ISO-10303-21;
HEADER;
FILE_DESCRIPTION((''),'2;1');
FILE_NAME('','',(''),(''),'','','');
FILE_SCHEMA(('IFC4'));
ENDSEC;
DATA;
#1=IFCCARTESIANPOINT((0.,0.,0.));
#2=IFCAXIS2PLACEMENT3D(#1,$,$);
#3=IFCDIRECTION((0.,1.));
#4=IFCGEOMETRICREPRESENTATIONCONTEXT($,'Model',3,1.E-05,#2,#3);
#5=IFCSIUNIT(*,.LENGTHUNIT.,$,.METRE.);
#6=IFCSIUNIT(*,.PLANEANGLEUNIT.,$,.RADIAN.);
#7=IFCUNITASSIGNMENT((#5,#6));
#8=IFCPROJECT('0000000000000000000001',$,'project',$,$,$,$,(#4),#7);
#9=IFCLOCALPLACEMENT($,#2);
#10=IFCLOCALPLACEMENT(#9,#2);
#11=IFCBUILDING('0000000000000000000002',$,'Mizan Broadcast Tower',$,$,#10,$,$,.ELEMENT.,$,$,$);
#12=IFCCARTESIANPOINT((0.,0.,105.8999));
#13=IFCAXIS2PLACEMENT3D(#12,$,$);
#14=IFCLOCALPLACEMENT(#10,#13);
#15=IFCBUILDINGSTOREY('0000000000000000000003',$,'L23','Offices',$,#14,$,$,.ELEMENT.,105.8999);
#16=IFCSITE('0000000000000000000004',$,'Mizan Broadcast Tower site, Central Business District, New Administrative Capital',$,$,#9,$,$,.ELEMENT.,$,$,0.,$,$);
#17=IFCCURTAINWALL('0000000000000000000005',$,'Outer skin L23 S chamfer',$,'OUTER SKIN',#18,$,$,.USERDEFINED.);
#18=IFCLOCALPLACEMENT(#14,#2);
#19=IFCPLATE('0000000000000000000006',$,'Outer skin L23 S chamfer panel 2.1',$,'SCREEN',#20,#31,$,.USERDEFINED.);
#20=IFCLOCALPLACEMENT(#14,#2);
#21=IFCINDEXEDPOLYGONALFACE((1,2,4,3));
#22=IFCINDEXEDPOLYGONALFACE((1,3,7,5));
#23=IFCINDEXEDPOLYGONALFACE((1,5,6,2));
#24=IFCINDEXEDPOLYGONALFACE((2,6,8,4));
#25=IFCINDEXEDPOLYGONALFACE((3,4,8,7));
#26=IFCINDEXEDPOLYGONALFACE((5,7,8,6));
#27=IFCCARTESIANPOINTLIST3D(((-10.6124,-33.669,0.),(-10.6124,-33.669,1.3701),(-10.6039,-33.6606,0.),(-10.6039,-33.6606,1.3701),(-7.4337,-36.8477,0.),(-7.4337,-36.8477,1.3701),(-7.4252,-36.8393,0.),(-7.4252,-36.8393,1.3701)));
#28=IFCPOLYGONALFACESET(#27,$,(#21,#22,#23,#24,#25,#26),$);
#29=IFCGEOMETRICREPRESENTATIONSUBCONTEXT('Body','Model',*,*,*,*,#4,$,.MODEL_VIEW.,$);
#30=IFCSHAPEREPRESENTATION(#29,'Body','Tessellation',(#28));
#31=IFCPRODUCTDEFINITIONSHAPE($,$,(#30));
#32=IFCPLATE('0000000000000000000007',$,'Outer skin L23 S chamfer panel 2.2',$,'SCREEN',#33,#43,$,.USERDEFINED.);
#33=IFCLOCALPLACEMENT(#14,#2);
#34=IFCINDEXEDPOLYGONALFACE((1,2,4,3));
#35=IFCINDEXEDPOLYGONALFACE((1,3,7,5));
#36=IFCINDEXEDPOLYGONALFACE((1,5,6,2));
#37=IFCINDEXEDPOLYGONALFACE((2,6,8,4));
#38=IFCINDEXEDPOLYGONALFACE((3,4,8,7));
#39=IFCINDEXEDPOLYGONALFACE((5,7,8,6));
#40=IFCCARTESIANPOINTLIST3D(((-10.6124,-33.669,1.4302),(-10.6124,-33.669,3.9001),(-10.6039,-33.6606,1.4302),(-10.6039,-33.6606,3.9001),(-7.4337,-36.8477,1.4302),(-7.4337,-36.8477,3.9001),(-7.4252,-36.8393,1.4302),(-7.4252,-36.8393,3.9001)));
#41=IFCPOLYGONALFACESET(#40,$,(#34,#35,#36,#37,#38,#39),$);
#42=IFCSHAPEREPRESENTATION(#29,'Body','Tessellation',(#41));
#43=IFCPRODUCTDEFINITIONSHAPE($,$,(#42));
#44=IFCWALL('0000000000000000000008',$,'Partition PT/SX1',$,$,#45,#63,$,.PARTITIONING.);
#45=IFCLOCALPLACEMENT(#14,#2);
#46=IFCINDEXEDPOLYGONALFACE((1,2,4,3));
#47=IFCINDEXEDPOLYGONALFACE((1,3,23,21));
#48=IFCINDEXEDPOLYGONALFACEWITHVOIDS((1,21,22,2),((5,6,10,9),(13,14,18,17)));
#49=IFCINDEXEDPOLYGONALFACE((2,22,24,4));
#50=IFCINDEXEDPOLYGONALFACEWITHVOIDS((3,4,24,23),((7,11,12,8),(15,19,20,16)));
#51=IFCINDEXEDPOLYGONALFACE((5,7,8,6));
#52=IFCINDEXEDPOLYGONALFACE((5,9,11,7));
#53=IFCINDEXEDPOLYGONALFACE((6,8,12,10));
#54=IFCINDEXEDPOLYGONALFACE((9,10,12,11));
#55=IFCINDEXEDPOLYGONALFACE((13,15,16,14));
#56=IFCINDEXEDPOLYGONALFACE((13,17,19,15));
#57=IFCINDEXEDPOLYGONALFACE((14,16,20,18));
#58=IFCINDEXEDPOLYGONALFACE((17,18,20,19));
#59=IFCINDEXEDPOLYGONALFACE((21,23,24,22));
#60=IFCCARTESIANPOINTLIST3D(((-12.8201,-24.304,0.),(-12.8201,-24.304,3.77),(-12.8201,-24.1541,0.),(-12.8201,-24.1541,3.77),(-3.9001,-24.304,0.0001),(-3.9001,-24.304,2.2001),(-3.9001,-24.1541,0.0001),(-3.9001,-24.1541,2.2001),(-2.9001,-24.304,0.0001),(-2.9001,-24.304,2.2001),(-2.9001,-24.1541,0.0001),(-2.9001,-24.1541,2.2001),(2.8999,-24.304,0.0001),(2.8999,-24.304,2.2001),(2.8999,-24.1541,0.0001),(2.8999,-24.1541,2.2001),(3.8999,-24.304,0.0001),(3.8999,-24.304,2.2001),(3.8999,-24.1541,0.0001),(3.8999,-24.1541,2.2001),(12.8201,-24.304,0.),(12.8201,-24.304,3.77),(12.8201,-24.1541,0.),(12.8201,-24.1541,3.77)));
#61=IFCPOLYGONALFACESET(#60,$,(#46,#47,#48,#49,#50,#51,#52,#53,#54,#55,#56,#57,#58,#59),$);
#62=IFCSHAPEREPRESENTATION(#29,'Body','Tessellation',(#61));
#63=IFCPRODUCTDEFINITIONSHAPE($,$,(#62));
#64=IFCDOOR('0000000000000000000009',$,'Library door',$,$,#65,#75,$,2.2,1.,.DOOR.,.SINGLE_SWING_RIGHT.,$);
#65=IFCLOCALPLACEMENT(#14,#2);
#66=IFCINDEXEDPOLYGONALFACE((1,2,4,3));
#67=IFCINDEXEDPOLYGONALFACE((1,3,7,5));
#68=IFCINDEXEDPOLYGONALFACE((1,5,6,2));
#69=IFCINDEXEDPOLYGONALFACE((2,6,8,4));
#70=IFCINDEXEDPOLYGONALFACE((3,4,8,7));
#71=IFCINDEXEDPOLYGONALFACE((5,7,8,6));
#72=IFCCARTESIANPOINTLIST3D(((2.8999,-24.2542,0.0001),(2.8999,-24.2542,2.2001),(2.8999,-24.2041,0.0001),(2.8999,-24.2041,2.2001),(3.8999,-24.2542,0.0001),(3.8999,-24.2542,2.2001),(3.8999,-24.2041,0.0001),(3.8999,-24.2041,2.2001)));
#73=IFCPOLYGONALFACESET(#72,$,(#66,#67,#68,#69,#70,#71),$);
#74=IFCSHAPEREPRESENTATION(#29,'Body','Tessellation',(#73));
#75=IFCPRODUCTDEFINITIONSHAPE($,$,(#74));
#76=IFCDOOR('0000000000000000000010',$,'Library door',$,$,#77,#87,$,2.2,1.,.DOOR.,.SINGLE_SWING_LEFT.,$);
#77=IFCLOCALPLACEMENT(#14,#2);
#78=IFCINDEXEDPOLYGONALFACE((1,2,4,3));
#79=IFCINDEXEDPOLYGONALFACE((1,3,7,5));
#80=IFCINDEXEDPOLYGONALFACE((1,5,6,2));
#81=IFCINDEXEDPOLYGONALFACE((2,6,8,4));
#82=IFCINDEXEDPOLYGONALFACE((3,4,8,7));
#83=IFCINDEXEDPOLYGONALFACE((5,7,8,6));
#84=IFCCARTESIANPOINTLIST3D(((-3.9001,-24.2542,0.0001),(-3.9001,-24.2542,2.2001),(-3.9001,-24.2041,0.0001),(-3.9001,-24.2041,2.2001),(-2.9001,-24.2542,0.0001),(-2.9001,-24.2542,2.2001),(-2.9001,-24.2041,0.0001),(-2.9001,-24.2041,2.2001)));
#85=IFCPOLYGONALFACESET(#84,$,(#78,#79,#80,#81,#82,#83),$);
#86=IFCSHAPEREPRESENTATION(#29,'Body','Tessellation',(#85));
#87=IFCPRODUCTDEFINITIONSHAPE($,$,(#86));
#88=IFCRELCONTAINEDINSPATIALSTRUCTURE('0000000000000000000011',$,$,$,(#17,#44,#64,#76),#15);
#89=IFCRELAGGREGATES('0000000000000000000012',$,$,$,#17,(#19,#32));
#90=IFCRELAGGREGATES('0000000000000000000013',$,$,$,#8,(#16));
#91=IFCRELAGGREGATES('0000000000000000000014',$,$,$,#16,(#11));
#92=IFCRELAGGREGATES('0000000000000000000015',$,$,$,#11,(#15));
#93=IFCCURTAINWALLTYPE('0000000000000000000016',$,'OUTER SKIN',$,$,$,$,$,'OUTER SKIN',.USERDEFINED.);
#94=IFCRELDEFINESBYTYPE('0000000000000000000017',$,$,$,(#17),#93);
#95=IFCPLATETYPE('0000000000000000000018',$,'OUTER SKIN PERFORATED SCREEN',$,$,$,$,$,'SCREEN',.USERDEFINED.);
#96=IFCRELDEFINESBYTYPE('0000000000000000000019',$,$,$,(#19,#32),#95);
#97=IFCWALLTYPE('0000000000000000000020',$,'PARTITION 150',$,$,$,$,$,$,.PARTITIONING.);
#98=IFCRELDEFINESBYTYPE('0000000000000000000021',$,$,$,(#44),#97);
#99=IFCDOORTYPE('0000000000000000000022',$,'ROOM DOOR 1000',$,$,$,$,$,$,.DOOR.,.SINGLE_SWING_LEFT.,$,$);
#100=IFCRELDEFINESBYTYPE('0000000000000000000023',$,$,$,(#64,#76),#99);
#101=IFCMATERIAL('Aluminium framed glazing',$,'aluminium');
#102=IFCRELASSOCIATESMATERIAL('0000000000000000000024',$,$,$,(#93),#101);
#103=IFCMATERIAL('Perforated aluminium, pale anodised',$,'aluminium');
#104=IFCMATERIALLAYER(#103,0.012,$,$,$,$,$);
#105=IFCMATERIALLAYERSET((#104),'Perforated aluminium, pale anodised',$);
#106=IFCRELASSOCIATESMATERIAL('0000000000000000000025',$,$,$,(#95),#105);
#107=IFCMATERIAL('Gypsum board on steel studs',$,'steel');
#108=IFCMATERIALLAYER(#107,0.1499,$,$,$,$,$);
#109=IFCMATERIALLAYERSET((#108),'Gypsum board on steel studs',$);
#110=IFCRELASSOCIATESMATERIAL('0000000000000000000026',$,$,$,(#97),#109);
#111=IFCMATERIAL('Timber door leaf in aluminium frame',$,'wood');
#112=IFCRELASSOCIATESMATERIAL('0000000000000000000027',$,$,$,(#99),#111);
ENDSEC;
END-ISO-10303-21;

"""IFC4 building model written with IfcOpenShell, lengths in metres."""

from ifc_helpers import new_model, si_unit, direction, frame, frame_2d, origin, origin_2d, place, context, subcontext, project, spatial, rectangle, extrude, material, layer, layer_set, type_object, element, fill, aggregate, save


model = new_model("IFC4")

# Units and contexts
model_context = context("Model", 3, precision=1e-05, world=origin(), true_north=direction((0.0, 1.0)))
body_context = subcontext(model_context, "Body", "Model", "MODEL_VIEW")
ifc_project = project(units=[si_unit("LENGTHUNIT", "METRE"), si_unit("PLANEANGLEUNIT", "RADIAN")], contexts=[model_context])

# Site, building, storey
site_placement = place(None, origin())
site = spatial("IfcSite", under=ifc_project, at=site_placement, Name="Mizan Broadcast Tower site, Central Business District, New Administrative Capital", CompositionType="ELEMENT", RefElevation=0.0)
building_placement = place(site_placement, origin())
building = spatial("IfcBuilding", under=site, at=building_placement, Name="Mizan Broadcast Tower", CompositionType="ELEMENT")
storey_placement = place(building_placement, frame((0.0, 0.0, 105.8999)))
storey = spatial("IfcBuildingStorey", under=building, at=storey_placement, Name="L23", Description="Offices", CompositionType="ELEMENT", Elevation=105.8999)

# Curtain wall
ifc_material_1 = material(Name="Aluminium framed glazing", Category="aluminium")
curtain_wall_type_1 = type_object("IfcCurtainWallType", Name="OUTER SKIN", ElementType="OUTER SKIN", PredefinedType="USERDEFINED", material=ifc_material_1)
curtain_wall_1_placement = place(storey_placement, origin())
curtain_wall_1 = element("IfcCurtainWall", 1, at=curtain_wall_1_placement, inside=storey, type_object=curtain_wall_type_1, Name="Outer skin L23 S chamfer", ObjectType="OUTER SKIN", PredefinedType="USERDEFINED")

# Plates
ifc_material_2 = material(Name="Perforated aluminium, pale anodised", Category="aluminium")
ifc_layer_1 = layer(ifc_material_2, 0.012)
ifc_layer_set_1 = layer_set([ifc_layer_1], Name="Perforated aluminium, pale anodised")
plate_type_1 = type_object("IfcPlateType", Name="OUTER SKIN PERFORATED SCREEN", ElementType="SCREEN", PredefinedType="USERDEFINED", material=ifc_layer_set_1)
plate_1_placement = place(storey_placement, frame((-9.0188, -35.2542, 0.0), z_axis=(0.0, 0.0, 1.0), x_axis=(0.707107, -0.707107, 0.0)))
plate_1 = element("IfcPlate", 2, at=plate_1_placement, type_object=plate_type_1, Name="Outer skin L23 S chamfer panel 2.1", ObjectType="SCREEN", PredefinedType="USERDEFINED", context=body_context, shape_type="SweptSolid", body=[
    extrude(rectangle(XDim=4.4954, YDim=0.012, at=origin_2d()), origin(), (0.0, 0.0, 1.0), 1.3701),
])
plate_2_placement = place(storey_placement, frame((-9.0188, -35.2542, 1.4302), z_axis=(0.0, 0.0, 1.0), x_axis=(0.707107, -0.707107, 0.0)))
plate_2 = element("IfcPlate", 3, at=plate_2_placement, type_object=plate_type_1, Name="Outer skin L23 S chamfer panel 2.2", ObjectType="SCREEN", PredefinedType="USERDEFINED", context=body_context, shape_type="SweptSolid", body=[
    extrude(rectangle(XDim=4.4954, YDim=0.012, at=origin_2d()), origin(), (0.0, 0.0, 1.0), 2.47),
])
aggregate(curtain_wall_1, [plate_1, plate_2])

# Wall, openings, doors
ifc_material_3 = material(Name="Gypsum board on steel studs", Category="steel")
ifc_layer_2 = layer(ifc_material_3, 0.1499)
ifc_layer_set_2 = layer_set([ifc_layer_2], Name="Gypsum board on steel studs")
wall_type = type_object("IfcWallType", Name="PARTITION 150", PredefinedType="PARTITIONING", material=ifc_layer_set_2)
wall_placement = place(storey_placement, frame((-12.8201, -24.229, 0.0), z_axis=(0.0, 0.0, 1.0), x_axis=(1.0, 0.0, 0.0)))
wall = element("IfcWall", 4, at=wall_placement, inside=storey, type_object=wall_type, Name="Partition PT/SX1", PredefinedType="PARTITIONING", context=body_context, shape_type="SweptSolid", body=[
    extrude(rectangle(XDim=25.6401, YDim=0.1499, at=frame_2d((12.8201, 0.0))), origin(), (0.0, 0.0, 1.0), 3.77),
])
opening_1_placement = place(wall_placement, frame((15.72, 0.0, 0.0)))
opening_1 = element("IfcOpeningElement", 5, at=opening_1_placement, cuts=wall, PredefinedType="OPENING", context=body_context, shape_type="SweptSolid", body=[
    extrude(rectangle(XDim=1.0, YDim=2.2, at=frame_2d((0.5, 1.1001))), frame((0.0, 0.085, 0.0), z_axis=(0.0, -1.0, 0.0), x_axis=(1.0, 0.0, 0.0)), (0.0, 0.0, 1.0), 0.1699),
])
opening_2_placement = place(wall_placement, frame((8.9199, 0.0, 0.0)))
opening_2 = element("IfcOpeningElement", 6, at=opening_2_placement, cuts=wall, PredefinedType="OPENING", context=body_context, shape_type="SweptSolid", body=[
    extrude(rectangle(XDim=1.0, YDim=2.2, at=frame_2d((0.5, 1.1001))), frame((0.0, 0.085, 0.0), z_axis=(0.0, -1.0, 0.0), x_axis=(1.0, 0.0, 0.0)), (0.0, 0.0, 1.0), 0.1699),
])
ifc_material_4 = material(Name="Timber door leaf in aluminium frame", Category="wood")
door_type = type_object("IfcDoorType", Name="ROOM DOOR 1000", OperationType="SINGLE_SWING_LEFT", PredefinedType="DOOR", material=ifc_material_4)
door_1_placement = place(opening_1_placement, origin())
door_1 = element("IfcDoor", 7, at=door_1_placement, inside=storey, type_object=door_type, Name="Library door", OperationType="SINGLE_SWING_RIGHT", OverallHeight=2.2, OverallWidth=1.0, PredefinedType="DOOR", context=body_context, shape_type="SweptSolid", body=[
    extrude(rectangle(XDim=1.0, YDim=2.2, at=frame_2d((0.5, 1.1001))), frame((0.0, 0.0249, 0.0), z_axis=(0.0, -1.0, 0.0), x_axis=(1.0, 0.0, 0.0)), (0.0, 0.0, 1.0), 0.05),
])
fill(opening_1, door_1)
door_2_placement = place(opening_2_placement, origin())
door_2 = element("IfcDoor", 8, at=door_2_placement, inside=storey, type_object=door_type, Name="Library door", OperationType="SINGLE_SWING_LEFT", OverallHeight=2.2, OverallWidth=1.0, PredefinedType="DOOR", context=body_context, shape_type="SweptSolid", body=[
    extrude(rectangle(XDim=1.0, YDim=2.2, at=frame_2d((0.5, 1.1001))), frame((0.0, 0.0249, 0.0), z_axis=(0.0, -1.0, 0.0), x_axis=(1.0, 0.0, 0.0)), (0.0, 0.0, 1.0), 0.05),
])
fill(opening_2, door_2)

save(model, "model.ifc")
